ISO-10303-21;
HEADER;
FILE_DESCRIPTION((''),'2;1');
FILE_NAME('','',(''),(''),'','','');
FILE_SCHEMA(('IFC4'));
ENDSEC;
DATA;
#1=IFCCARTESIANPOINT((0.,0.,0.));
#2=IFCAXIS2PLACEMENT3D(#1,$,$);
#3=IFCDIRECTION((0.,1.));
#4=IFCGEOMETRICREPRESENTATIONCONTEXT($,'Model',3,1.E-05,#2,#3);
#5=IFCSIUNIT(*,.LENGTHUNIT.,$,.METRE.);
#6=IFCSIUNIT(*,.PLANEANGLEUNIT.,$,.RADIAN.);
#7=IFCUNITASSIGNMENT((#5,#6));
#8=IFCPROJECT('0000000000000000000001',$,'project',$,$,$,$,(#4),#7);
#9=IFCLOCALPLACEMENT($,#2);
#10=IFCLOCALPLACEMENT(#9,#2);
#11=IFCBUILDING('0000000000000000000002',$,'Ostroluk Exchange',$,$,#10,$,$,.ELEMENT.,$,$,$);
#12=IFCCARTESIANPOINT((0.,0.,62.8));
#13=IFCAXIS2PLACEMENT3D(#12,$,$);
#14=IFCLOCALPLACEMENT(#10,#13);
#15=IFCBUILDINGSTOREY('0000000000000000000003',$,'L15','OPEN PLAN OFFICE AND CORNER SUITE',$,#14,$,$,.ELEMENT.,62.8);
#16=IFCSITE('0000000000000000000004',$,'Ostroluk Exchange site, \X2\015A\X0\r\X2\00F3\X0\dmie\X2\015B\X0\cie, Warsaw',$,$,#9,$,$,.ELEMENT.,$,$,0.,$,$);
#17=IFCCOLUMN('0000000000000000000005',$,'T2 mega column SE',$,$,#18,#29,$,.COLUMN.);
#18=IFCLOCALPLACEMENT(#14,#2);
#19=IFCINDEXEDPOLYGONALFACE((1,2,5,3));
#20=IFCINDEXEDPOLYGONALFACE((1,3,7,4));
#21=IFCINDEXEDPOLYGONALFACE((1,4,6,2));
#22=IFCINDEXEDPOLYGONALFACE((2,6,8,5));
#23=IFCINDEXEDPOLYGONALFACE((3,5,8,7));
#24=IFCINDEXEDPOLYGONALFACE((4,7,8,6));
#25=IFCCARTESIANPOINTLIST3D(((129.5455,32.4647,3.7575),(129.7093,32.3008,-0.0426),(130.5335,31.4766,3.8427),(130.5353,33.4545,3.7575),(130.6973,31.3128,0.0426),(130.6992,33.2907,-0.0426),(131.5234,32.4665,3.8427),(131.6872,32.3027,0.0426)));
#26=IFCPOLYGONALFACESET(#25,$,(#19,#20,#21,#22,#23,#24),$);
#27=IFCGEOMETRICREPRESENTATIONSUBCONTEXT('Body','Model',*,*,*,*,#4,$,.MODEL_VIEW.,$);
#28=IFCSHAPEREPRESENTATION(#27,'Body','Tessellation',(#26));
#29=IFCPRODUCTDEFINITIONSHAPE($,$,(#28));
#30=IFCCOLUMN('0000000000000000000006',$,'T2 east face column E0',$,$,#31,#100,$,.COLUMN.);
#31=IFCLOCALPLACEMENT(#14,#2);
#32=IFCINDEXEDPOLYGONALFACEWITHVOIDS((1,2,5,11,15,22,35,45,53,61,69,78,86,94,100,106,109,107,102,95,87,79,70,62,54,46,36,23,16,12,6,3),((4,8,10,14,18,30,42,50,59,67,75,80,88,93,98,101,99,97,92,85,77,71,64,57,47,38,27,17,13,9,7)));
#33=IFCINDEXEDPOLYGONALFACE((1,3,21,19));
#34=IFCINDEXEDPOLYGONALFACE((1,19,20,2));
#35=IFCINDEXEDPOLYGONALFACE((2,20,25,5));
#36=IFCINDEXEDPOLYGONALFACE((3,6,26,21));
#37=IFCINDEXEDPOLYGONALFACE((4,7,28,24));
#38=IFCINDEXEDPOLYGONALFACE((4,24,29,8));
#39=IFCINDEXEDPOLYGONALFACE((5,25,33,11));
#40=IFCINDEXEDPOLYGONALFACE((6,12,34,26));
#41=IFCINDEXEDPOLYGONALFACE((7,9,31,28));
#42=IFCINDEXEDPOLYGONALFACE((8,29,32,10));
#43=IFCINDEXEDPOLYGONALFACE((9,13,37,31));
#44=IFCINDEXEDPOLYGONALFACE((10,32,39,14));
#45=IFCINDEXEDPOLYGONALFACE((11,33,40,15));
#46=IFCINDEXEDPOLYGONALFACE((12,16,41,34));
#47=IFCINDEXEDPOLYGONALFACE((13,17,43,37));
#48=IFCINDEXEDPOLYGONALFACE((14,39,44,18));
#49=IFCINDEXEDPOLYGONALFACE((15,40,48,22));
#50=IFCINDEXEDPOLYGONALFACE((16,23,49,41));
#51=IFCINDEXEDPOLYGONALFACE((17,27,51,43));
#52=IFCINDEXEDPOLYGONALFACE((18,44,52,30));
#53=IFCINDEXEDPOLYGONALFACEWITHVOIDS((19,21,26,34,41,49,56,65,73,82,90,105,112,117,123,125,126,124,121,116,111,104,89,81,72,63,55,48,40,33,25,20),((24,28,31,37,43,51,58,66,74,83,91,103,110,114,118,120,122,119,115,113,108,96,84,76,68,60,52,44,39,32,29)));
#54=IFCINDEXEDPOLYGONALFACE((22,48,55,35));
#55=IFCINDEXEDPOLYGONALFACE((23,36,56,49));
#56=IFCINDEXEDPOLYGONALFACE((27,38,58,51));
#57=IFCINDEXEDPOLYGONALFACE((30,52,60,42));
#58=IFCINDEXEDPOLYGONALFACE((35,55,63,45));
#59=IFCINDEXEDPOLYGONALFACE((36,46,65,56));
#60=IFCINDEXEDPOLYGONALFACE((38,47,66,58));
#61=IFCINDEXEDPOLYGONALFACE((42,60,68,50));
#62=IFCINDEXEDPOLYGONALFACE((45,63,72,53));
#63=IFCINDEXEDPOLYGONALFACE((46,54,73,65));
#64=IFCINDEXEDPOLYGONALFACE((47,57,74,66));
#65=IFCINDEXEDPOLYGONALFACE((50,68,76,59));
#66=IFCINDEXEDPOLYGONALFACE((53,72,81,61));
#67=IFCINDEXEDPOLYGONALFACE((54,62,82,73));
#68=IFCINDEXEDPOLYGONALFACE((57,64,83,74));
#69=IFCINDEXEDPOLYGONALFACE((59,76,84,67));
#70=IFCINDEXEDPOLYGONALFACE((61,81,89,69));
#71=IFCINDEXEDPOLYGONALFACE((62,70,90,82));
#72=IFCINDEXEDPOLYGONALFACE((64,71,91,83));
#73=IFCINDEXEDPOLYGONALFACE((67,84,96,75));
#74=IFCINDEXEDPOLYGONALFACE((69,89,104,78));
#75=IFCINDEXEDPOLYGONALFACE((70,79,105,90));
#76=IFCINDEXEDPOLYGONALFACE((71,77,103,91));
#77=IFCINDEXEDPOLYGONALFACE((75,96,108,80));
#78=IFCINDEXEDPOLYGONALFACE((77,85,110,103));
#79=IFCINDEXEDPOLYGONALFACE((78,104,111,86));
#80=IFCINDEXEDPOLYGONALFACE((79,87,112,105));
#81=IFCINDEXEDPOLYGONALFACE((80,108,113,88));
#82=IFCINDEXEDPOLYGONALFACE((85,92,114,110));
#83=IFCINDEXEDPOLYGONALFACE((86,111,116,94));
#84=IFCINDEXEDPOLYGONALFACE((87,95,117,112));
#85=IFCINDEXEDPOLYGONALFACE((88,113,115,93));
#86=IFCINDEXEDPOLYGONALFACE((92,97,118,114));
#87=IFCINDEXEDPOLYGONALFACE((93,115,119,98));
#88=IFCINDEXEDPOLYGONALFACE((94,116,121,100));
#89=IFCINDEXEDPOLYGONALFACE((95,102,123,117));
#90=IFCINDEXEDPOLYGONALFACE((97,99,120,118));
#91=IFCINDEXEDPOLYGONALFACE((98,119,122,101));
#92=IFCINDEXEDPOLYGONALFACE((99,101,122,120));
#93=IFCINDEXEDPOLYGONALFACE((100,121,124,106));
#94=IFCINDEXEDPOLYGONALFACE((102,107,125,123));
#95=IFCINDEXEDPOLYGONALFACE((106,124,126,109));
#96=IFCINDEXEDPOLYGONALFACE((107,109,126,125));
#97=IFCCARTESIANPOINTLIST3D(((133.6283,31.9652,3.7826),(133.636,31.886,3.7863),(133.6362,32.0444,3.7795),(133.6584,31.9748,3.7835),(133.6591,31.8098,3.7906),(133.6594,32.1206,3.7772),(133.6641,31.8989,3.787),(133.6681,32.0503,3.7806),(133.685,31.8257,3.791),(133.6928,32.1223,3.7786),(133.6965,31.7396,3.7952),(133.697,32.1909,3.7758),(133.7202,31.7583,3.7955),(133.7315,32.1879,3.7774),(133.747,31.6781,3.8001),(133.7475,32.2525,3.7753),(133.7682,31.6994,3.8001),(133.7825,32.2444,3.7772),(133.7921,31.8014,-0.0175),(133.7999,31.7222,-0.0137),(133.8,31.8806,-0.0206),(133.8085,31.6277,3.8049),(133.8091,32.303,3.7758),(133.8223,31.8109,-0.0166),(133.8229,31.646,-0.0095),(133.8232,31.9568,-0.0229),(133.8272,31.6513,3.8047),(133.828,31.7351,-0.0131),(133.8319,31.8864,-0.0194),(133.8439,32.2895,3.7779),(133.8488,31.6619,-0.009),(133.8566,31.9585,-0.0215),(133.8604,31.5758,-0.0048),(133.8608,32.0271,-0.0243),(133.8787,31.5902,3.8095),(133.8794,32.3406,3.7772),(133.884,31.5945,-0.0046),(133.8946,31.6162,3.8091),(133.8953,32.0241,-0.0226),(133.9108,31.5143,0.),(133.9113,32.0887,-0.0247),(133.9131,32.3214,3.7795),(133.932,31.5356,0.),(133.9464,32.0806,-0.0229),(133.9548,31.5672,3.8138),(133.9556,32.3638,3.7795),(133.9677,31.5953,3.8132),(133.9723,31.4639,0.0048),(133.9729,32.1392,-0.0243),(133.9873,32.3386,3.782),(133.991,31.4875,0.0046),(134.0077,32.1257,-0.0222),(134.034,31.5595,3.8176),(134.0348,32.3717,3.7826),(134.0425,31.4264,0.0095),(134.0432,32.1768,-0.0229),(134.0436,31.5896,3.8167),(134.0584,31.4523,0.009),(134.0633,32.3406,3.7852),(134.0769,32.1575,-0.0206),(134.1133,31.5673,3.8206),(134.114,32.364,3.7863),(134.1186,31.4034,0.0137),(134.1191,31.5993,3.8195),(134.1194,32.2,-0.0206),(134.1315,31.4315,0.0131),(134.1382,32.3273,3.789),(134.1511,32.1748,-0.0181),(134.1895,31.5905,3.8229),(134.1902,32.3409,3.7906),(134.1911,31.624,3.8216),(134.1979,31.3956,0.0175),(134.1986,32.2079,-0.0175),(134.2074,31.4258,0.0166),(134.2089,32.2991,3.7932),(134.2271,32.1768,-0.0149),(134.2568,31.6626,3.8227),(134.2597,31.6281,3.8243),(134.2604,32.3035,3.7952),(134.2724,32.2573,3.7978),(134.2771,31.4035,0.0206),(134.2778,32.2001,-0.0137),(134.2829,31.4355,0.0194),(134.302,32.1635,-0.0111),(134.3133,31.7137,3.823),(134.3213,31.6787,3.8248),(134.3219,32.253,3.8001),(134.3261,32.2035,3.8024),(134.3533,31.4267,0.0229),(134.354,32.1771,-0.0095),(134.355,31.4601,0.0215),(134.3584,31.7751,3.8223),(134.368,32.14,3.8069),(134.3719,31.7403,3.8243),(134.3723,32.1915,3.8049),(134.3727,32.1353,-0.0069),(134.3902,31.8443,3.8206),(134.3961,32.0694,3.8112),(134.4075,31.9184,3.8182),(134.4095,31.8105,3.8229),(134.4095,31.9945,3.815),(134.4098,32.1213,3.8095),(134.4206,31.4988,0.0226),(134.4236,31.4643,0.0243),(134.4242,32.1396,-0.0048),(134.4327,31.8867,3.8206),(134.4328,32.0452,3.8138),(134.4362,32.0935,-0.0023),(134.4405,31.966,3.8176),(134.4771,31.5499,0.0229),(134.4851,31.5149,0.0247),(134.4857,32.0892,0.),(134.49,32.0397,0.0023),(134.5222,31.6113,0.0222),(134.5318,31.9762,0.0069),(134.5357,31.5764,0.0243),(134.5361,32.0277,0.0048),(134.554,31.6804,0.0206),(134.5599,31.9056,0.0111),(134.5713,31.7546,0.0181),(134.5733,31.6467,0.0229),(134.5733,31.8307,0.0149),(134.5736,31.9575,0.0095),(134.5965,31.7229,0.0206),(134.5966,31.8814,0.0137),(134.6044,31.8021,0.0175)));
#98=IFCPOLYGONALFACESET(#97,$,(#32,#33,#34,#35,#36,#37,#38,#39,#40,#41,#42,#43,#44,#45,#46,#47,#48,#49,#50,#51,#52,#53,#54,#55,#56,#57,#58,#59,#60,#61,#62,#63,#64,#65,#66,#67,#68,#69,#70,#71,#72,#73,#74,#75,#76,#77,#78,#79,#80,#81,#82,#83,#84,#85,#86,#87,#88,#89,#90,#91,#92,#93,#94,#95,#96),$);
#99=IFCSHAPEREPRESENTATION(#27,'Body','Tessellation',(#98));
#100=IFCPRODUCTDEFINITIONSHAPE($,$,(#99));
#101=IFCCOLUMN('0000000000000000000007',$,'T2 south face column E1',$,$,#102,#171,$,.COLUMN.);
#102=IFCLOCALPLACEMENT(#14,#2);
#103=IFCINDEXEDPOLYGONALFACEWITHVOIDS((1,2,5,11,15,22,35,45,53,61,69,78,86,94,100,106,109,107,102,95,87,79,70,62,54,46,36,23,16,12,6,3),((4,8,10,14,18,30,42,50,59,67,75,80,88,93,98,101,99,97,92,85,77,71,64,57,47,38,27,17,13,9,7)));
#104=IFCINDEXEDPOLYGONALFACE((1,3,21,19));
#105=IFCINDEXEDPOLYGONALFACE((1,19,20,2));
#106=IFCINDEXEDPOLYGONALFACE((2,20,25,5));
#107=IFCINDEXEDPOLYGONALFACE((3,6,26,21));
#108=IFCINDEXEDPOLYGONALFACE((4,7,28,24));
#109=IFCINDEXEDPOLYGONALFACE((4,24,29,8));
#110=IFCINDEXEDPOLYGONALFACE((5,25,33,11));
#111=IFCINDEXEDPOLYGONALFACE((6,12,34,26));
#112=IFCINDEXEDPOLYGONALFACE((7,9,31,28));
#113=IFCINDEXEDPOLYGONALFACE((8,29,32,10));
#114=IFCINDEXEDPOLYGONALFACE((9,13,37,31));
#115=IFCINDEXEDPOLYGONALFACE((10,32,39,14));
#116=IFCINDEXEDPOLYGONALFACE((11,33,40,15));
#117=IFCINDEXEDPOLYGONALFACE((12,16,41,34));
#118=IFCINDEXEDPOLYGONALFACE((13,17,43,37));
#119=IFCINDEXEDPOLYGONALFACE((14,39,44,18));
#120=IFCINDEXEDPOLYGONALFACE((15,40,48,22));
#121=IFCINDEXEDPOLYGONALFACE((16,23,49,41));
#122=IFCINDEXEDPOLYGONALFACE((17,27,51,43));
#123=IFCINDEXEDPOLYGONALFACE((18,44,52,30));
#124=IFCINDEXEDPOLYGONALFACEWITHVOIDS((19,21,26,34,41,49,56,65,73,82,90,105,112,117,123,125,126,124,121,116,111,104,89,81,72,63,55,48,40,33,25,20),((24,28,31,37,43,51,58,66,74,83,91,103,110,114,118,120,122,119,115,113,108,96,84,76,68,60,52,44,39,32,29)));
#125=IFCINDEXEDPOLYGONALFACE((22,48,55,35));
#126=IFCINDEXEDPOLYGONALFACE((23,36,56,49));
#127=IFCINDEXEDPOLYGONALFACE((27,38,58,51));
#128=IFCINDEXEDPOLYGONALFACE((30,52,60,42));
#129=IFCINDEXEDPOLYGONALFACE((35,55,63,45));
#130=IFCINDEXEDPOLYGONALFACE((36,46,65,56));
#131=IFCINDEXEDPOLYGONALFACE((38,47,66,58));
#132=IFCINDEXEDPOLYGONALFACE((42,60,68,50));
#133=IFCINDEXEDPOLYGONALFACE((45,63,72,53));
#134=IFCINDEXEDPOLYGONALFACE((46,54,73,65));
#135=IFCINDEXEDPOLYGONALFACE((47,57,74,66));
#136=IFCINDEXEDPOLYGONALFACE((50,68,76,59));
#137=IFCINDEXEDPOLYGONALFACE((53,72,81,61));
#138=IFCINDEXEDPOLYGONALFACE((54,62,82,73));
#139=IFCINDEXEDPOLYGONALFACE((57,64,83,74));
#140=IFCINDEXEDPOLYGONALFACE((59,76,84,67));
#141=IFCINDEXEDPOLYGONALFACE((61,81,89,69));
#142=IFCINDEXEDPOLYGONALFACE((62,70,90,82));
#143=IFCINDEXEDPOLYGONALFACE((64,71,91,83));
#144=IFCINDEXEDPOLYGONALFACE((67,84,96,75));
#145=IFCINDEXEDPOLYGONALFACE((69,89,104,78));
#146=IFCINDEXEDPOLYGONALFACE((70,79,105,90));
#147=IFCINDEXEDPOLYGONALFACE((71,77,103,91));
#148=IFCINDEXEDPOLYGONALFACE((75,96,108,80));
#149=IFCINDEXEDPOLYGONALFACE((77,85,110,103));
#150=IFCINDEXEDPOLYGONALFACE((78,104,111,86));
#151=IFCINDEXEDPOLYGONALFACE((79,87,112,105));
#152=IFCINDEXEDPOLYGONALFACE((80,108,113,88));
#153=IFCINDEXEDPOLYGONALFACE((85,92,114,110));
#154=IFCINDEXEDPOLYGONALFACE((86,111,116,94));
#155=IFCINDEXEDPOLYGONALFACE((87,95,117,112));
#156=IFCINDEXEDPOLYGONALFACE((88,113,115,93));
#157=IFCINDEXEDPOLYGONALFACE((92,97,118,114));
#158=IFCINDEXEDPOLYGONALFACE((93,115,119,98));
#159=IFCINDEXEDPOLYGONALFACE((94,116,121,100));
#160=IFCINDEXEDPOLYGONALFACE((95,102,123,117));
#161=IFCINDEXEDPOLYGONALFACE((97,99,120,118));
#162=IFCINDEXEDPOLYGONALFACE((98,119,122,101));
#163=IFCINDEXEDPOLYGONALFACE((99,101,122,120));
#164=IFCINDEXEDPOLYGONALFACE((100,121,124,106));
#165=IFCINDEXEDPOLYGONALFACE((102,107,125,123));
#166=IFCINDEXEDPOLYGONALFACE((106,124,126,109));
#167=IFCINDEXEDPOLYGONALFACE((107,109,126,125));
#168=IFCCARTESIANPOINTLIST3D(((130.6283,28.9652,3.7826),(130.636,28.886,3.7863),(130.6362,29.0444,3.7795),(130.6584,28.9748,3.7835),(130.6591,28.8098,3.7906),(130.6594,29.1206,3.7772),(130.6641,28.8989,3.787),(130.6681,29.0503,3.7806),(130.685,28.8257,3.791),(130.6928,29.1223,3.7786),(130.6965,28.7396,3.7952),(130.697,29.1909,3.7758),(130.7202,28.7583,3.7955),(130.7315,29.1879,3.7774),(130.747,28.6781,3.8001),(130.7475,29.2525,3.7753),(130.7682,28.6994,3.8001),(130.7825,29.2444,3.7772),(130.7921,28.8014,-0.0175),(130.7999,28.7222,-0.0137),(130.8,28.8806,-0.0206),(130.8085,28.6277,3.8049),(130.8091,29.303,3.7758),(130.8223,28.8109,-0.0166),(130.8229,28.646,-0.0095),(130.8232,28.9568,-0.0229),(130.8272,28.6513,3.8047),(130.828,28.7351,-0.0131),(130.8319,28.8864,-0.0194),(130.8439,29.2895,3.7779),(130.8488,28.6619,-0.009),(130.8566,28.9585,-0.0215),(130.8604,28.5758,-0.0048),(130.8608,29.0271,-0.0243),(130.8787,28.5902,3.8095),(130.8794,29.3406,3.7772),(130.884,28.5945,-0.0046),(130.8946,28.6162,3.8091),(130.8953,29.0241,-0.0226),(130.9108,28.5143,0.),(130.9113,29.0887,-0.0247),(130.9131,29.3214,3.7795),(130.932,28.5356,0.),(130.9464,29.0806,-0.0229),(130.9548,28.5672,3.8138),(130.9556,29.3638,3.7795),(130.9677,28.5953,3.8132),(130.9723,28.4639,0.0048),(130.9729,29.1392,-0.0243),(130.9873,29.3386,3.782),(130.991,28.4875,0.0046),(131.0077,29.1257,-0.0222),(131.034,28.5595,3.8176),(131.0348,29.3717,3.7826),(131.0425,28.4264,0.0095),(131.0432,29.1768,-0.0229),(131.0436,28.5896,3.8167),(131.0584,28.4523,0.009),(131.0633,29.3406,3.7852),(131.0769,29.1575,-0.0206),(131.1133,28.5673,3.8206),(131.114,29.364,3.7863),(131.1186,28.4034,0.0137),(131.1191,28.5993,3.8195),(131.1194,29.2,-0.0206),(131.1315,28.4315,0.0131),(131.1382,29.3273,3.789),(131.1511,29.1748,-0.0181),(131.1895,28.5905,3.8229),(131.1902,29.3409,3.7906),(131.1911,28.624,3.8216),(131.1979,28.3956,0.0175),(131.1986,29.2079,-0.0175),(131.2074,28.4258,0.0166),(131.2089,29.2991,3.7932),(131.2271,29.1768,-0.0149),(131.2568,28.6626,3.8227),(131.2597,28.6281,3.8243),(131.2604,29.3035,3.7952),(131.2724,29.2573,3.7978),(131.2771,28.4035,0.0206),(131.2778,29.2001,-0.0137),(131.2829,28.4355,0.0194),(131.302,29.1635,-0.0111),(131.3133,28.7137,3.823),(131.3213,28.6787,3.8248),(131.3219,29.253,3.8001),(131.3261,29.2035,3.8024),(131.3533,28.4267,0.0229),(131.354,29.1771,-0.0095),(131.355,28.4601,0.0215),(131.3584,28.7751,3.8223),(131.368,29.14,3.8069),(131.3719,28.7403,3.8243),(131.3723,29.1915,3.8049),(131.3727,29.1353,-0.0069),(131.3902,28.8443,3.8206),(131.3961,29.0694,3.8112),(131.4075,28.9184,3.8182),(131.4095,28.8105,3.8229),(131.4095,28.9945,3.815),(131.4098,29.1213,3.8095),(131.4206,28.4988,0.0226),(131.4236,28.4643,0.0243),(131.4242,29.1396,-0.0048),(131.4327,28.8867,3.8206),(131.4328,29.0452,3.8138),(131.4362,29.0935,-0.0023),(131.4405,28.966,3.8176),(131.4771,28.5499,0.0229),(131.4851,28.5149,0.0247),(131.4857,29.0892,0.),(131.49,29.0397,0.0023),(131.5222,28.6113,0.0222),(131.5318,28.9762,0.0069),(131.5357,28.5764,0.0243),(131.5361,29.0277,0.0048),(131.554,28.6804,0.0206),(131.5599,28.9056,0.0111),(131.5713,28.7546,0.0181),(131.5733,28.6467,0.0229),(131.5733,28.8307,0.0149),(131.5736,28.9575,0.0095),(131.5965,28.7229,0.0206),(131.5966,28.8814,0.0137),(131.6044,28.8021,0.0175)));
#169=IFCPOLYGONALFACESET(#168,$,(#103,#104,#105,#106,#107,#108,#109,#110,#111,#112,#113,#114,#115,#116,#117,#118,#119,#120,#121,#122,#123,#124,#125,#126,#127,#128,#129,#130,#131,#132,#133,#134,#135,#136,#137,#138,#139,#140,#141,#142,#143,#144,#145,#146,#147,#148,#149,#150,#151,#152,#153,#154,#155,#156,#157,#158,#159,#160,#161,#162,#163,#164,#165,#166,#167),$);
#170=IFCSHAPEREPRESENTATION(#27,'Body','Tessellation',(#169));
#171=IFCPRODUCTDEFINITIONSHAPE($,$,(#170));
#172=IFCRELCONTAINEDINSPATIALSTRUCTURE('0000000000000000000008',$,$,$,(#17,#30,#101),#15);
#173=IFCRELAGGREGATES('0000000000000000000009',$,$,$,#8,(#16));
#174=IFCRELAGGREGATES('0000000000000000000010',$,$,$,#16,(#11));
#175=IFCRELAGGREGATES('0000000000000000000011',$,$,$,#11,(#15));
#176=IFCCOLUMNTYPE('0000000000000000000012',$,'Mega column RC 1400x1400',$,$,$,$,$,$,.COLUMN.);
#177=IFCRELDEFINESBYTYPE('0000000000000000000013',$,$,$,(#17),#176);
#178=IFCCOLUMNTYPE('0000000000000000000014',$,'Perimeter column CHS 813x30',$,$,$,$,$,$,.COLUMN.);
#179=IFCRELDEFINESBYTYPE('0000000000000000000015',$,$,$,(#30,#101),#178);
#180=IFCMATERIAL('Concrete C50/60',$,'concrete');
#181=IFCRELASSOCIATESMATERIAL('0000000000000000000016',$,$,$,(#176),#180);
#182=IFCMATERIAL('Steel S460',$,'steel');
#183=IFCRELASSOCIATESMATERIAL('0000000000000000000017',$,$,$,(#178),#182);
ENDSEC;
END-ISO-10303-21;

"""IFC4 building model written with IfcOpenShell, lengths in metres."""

from ifc_helpers import new_model, si_unit, direction, frame, origin, origin_2d, place, context, subcontext, project, spatial, rectangle, hollow_circle, extrude, material, material_profile, profile_set, type_object, element, save


model = new_model("IFC4")

# Units and contexts
model_context = context("Model", 3, precision=1e-05, world=origin(), true_north=direction((0.0, 1.0)))
body_context = subcontext(model_context, "Body", "Model", "MODEL_VIEW")
ifc_project = project(units=[si_unit("LENGTHUNIT", "METRE"), si_unit("PLANEANGLEUNIT", "RADIAN")], contexts=[model_context])

# Site, building, storey
site_placement = place(None, origin())
site = spatial("IfcSite", under=ifc_project, at=site_placement, Name="Ostroluk Exchange site, Śródmieście, Warsaw", CompositionType="ELEMENT", RefElevation=0.0)
building_placement = place(site_placement, origin())
building = spatial("IfcBuilding", under=site, at=building_placement, Name="Ostroluk Exchange", CompositionType="ELEMENT")
storey_placement = place(building_placement, frame((0.0, 0.0, 62.8)))
storey = spatial("IfcBuildingStorey", under=building, at=storey_placement, Name="L15", Description="OPEN PLAN OFFICE AND CORNER SUITE", CompositionType="ELEMENT", Elevation=62.8)

# Columns
ifc_material_1 = material(Name="Concrete C50/60", Category="concrete")
ifc_material_profile_1 = material_profile(ifc_material_1, rectangle(XDim=1.3999, YDim=1.3999, at=origin_2d()), Name="RC 1400x1400")
ifc_profile_set_1 = profile_set([ifc_material_profile_1], Name="Concrete C50/60")
column_type_1 = type_object("IfcColumnType", Name="Mega column RC 1400x1400", PredefinedType="COLUMN", material=ifc_profile_set_1)
column_placement = place(storey_placement, frame((130.6982, 32.3018, 0.0), z_axis=(-0.04303, 0.04303, 0.998147), x_axis=(-0.707107, -0.707107, 0.0)))
element("IfcColumn", 1, at=column_placement, inside=storey, type_object=column_type_1, Name="T2 mega column SE", PredefinedType="COLUMN", context=body_context, shape_type="SweptSolid", body=[
    extrude(rectangle(XDim=1.3999, YDim=1.3999, at=origin_2d()), origin(), (0.0, 0.0, 1.0), 3.8071),
])
ifc_material_2 = material(Name="Steel S460", Category="steel")
ifc_material_profile_2 = material_profile(ifc_material_2, hollow_circle(Radius=0.4065, WallThickness=0.03, at=origin_2d()), Name="CHS 813x30")
ifc_profile_set_2 = profile_set([ifc_material_profile_2], Name="Steel S460")
column_type_2 = type_object("IfcColumnType", Name="Perimeter column CHS 813x30", PredefinedType="COLUMN", material=ifc_profile_set_2)
for number, where, z_axis, x_axis, name in (
    (2, (134.1982, 31.8018, 0.0), (-0.04303, 0.04303, 0.998147), (-0.707107, -0.707107, 0.0), "T2 east face column E0"),
    (3, (131.1982, 28.8018, 0.0), (-0.04303, 0.04303, 0.998147), (-0.707107, -0.707107, 0.0), "T2 south face column E1"),
):
    element("IfcColumn", number, at=place(storey_placement, frame(where, z_axis=z_axis, x_axis=x_axis)), inside=storey, type_object=column_type_2, Name=name, PredefinedType="COLUMN", context=body_context, shape_type="SweptSolid", body=[
        extrude(hollow_circle(Radius=0.4065, WallThickness=0.03, at=origin_2d()), origin(), (0.0, 0.0, 1.0), 3.8071),
    ])

save(model, "model.ifc")
